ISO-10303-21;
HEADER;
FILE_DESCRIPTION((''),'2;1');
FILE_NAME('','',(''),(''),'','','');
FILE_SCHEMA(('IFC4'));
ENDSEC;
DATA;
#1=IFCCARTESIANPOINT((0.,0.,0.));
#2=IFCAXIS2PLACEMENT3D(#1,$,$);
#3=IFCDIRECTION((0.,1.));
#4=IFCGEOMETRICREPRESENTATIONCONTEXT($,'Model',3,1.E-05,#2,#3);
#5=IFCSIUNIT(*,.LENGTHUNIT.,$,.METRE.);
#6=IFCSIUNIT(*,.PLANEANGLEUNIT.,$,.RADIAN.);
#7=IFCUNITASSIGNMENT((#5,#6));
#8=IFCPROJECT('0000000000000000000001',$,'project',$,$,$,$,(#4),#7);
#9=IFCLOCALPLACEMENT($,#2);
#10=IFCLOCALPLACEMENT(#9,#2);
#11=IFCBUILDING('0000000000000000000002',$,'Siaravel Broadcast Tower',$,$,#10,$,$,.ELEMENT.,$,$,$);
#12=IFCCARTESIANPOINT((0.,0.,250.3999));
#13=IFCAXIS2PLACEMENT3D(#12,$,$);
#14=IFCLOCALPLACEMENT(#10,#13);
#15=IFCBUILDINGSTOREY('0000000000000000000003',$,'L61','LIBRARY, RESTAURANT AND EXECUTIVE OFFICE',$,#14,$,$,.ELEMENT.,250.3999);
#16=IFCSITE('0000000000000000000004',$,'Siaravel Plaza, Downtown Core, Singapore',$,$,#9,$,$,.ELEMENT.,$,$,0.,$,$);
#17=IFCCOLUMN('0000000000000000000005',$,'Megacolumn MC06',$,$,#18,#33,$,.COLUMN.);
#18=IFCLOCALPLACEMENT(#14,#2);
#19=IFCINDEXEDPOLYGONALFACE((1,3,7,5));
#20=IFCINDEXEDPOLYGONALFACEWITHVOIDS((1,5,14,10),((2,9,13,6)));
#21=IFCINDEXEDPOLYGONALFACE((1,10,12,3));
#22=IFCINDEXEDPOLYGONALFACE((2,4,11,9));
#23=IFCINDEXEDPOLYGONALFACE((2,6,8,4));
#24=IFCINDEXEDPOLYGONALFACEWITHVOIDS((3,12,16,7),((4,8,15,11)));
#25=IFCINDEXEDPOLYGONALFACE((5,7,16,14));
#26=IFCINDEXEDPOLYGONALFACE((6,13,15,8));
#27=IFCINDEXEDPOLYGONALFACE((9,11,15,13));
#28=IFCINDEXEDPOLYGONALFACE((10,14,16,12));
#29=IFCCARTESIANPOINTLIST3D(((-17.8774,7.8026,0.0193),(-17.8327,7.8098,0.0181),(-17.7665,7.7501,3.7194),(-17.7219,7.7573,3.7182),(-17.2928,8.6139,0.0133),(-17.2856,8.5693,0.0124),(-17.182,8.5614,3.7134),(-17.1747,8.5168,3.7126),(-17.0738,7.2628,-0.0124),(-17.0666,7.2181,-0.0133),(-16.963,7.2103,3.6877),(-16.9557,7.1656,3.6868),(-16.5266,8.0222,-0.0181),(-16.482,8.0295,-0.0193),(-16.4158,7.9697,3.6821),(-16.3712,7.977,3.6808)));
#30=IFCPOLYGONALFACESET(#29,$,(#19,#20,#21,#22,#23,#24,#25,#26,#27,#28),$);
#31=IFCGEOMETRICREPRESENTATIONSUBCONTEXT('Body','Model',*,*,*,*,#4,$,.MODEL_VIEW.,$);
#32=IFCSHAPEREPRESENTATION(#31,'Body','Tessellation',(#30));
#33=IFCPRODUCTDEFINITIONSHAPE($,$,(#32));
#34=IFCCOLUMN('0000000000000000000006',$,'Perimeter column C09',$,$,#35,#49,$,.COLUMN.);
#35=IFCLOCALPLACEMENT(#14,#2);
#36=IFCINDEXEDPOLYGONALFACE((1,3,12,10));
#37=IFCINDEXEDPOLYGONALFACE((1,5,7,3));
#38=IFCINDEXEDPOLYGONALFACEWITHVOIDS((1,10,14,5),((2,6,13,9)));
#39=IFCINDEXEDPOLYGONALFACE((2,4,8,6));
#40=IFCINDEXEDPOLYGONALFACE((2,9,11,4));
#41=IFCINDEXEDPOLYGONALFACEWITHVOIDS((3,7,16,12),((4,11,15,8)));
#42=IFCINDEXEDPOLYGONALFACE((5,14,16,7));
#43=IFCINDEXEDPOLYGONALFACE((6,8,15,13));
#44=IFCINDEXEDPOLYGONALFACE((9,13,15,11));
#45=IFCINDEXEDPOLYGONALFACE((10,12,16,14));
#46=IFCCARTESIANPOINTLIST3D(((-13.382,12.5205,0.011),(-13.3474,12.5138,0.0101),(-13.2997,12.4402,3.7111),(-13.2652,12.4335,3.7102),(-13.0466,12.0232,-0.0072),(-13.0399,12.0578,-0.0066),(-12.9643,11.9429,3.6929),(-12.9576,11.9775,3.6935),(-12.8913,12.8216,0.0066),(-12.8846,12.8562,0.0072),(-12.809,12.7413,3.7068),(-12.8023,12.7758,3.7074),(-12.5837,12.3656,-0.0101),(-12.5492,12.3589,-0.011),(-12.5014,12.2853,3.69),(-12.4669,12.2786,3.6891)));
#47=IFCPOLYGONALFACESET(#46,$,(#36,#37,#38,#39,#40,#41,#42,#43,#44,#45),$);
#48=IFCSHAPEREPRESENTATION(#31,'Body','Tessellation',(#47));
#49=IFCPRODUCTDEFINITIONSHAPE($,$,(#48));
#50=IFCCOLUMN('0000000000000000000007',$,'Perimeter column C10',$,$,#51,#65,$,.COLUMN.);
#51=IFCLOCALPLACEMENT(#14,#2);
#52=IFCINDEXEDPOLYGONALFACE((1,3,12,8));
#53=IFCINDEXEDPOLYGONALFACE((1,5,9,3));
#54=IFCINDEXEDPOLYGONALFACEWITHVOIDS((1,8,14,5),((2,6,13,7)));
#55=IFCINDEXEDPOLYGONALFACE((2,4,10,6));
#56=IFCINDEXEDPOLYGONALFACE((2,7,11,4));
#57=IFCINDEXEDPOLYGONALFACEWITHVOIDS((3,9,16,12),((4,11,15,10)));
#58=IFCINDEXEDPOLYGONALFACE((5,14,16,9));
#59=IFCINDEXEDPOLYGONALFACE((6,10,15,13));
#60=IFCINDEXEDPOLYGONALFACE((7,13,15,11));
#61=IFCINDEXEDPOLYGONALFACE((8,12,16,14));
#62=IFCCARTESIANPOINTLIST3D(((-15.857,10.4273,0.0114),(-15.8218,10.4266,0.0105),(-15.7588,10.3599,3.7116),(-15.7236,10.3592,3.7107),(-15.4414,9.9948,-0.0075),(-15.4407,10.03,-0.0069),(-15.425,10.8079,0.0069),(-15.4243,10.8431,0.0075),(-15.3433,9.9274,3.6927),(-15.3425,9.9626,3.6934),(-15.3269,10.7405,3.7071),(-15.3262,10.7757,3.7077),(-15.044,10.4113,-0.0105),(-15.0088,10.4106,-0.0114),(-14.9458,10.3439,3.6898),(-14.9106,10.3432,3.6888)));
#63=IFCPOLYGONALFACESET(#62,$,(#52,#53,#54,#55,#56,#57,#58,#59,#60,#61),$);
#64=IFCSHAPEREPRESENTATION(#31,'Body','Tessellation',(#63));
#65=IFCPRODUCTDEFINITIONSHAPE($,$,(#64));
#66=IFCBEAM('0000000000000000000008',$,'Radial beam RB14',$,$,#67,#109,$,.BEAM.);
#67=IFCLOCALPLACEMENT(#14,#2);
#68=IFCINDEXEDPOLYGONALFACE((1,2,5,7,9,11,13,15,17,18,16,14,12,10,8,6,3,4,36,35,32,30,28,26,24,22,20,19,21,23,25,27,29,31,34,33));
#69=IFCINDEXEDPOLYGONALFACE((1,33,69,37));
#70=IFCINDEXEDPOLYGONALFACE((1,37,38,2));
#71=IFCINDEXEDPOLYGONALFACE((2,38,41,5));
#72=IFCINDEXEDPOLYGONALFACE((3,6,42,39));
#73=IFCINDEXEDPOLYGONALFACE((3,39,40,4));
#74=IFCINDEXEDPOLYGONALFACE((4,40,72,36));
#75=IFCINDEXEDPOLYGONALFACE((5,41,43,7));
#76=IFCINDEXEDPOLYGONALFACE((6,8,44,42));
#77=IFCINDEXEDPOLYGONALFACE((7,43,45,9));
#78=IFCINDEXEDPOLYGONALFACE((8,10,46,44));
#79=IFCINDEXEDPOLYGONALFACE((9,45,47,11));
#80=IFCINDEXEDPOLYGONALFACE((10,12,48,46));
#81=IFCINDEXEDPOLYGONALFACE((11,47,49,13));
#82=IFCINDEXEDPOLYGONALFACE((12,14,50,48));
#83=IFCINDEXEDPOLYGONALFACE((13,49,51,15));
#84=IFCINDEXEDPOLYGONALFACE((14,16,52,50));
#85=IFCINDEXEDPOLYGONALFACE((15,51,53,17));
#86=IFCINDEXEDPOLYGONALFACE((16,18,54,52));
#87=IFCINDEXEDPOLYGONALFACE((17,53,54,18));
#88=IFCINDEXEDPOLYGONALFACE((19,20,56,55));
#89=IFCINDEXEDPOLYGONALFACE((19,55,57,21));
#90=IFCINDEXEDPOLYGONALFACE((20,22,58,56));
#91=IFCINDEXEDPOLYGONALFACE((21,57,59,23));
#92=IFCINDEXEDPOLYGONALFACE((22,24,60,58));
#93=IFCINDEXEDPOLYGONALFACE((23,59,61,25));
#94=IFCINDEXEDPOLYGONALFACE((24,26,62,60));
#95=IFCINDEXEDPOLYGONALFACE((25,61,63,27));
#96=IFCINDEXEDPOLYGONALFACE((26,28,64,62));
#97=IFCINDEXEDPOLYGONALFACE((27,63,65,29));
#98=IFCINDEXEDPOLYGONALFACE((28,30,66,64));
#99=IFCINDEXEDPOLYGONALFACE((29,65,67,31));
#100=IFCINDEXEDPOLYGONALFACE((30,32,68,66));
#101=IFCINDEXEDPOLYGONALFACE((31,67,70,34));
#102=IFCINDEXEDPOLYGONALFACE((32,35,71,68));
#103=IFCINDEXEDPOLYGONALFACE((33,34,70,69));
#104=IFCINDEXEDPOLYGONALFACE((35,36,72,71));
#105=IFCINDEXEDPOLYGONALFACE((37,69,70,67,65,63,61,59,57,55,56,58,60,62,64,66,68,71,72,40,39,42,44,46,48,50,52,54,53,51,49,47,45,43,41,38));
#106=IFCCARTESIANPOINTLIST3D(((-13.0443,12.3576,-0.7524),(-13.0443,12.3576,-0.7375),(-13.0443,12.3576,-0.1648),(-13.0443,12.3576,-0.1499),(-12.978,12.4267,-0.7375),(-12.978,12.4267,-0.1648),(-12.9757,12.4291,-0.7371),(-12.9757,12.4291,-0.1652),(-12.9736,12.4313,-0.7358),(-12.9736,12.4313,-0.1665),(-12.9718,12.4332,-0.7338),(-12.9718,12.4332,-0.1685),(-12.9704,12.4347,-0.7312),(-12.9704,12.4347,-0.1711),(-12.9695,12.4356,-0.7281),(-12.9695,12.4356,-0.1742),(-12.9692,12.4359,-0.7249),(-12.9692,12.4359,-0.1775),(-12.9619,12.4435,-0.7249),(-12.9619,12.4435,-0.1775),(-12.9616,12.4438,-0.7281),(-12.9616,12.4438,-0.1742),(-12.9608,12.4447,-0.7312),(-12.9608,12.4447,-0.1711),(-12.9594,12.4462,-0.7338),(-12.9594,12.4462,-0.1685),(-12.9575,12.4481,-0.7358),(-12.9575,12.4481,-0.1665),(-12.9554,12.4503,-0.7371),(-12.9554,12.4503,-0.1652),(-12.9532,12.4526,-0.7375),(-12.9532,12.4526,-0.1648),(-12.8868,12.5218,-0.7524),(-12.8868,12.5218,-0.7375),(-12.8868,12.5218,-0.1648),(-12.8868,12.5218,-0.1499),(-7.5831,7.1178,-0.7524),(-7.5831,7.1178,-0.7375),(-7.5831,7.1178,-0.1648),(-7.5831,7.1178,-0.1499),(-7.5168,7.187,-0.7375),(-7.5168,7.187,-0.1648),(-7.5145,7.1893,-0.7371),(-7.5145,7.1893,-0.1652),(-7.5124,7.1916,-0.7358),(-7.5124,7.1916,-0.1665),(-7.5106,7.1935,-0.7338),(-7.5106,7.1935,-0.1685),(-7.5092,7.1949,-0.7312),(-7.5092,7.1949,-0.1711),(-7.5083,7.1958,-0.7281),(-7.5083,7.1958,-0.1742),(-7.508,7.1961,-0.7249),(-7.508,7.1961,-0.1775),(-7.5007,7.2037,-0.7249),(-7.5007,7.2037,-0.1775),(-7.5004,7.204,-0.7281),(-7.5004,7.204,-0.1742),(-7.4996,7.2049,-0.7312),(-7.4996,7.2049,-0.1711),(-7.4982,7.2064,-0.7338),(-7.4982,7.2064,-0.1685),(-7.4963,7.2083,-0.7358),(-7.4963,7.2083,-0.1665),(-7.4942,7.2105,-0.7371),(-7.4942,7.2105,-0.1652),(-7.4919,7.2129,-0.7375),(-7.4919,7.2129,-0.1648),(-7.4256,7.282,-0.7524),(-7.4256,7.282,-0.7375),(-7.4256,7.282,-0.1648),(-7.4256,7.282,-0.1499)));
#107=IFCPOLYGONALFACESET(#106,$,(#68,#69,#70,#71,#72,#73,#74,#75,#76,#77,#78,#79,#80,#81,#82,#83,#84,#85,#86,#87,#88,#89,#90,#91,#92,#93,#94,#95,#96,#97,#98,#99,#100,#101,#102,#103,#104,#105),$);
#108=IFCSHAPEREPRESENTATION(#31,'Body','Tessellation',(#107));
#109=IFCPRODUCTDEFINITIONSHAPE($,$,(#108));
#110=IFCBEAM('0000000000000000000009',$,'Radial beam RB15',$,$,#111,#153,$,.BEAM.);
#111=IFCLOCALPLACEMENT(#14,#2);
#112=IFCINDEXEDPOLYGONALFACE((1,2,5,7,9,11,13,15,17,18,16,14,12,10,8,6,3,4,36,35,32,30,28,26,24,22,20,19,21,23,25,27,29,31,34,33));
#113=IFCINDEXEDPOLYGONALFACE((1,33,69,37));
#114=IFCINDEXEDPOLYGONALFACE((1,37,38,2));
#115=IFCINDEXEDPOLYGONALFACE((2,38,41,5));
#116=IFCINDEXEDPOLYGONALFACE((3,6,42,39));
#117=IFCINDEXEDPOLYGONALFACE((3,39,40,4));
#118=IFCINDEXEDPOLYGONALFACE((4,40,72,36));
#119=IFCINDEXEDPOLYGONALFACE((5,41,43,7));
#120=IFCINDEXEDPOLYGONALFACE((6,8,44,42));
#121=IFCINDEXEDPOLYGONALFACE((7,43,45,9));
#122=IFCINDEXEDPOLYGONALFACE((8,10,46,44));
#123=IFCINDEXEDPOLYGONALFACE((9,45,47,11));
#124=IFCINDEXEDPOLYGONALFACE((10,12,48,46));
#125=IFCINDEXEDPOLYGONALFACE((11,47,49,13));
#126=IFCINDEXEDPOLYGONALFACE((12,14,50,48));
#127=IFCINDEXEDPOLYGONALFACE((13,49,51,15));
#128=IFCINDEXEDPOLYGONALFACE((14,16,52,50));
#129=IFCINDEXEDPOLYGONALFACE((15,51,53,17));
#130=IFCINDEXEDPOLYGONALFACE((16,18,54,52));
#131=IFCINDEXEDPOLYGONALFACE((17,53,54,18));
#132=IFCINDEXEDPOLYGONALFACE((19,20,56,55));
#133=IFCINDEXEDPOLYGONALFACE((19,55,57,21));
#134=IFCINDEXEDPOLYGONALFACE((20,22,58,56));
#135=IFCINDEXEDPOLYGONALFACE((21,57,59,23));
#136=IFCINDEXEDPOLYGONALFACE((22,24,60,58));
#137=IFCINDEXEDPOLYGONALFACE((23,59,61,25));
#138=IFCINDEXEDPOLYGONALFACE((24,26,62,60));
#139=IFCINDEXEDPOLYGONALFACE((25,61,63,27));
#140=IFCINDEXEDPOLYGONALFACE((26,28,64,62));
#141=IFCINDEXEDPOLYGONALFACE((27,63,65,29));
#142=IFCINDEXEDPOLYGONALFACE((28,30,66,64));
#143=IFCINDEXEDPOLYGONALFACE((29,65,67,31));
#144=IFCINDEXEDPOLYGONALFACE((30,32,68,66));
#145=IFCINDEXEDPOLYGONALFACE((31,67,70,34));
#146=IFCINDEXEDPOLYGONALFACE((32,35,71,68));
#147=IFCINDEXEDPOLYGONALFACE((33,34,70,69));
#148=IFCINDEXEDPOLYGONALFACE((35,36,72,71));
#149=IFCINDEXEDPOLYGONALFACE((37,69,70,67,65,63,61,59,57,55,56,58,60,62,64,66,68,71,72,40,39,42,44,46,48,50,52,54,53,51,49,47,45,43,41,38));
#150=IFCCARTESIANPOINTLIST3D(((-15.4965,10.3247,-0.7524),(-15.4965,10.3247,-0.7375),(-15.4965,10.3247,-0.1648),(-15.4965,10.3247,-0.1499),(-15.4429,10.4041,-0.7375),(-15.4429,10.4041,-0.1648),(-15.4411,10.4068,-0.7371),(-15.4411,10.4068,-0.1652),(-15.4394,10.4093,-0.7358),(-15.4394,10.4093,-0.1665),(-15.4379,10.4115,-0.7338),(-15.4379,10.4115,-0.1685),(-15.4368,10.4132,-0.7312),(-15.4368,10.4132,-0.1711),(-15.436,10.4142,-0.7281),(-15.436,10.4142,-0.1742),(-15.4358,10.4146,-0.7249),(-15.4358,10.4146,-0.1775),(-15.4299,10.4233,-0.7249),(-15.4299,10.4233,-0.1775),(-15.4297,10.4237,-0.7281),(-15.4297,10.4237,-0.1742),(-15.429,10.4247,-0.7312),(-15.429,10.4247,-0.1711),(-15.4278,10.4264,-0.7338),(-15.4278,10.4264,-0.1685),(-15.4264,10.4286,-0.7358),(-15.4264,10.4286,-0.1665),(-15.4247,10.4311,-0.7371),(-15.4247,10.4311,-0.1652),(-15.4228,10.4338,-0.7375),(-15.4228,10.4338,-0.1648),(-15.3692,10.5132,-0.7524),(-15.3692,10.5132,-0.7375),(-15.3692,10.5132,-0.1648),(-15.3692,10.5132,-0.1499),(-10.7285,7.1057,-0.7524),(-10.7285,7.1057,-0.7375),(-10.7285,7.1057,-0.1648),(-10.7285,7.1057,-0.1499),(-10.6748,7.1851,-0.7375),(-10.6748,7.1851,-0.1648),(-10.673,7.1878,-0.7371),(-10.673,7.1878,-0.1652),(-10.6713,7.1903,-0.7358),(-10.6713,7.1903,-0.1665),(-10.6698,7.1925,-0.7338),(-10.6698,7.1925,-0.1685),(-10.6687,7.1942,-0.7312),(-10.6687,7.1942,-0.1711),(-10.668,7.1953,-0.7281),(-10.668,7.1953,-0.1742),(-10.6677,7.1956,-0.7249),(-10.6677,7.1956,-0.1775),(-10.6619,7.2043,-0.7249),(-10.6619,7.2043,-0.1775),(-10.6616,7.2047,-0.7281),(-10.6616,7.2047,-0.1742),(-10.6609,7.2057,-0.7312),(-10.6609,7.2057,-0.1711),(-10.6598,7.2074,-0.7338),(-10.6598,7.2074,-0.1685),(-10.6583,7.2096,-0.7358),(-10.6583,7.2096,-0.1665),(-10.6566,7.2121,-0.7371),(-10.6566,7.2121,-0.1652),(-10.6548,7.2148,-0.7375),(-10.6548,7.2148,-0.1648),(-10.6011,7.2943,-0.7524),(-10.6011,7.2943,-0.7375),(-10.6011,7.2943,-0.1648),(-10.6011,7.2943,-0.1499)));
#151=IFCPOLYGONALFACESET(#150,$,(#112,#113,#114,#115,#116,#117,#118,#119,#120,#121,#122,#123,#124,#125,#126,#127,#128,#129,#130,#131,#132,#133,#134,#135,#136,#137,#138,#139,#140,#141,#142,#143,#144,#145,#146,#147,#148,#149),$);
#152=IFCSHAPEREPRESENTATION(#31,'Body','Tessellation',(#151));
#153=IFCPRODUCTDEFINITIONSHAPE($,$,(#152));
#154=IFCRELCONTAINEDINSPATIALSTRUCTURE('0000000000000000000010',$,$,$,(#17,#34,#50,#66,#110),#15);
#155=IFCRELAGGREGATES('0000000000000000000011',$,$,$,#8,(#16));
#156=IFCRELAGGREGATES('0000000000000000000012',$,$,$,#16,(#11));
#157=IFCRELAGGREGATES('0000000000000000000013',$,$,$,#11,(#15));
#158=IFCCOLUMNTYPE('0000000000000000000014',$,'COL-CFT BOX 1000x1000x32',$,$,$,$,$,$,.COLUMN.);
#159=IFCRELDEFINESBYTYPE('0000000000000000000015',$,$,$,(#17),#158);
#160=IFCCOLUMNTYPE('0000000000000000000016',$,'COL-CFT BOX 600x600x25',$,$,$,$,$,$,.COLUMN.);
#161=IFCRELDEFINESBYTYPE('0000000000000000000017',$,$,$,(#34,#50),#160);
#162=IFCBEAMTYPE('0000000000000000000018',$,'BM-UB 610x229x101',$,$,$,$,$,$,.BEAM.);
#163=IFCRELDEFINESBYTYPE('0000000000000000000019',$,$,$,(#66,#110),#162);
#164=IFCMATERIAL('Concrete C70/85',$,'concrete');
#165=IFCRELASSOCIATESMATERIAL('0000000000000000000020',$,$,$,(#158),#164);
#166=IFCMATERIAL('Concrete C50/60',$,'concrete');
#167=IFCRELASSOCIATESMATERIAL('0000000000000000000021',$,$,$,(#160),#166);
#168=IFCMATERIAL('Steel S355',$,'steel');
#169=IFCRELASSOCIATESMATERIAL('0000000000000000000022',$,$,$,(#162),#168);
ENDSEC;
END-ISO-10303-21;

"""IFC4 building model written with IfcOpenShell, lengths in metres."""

from ifc_helpers import new_model, si_unit, direction, frame, origin, origin_2d, place, context, subcontext, project, spatial, hollow_rectangle, i_section, extrude, material, material_profile, profile_set, type_object, element, save


model = new_model("IFC4")

# Units and contexts
model_context = context("Model", 3, precision=1e-05, world=origin(), true_north=direction((0.0, 1.0)))
body_context = subcontext(model_context, "Body", "Model", "MODEL_VIEW")
ifc_project = project(units=[si_unit("LENGTHUNIT", "METRE"), si_unit("PLANEANGLEUNIT", "RADIAN")], contexts=[model_context])

# Site, building, storey
site_placement = place(None, origin())
site = spatial("IfcSite", under=ifc_project, at=site_placement, Name="Siaravel Plaza, Downtown Core, Singapore", CompositionType="ELEMENT", RefElevation=0.0)
building_placement = place(site_placement, origin())
building = spatial("IfcBuilding", under=site, at=building_placement, Name="Siaravel Broadcast Tower", CompositionType="ELEMENT")
storey_placement = place(building_placement, frame((0.0, 0.0, 250.3999)))
storey = spatial("IfcBuildingStorey", under=building, at=storey_placement, Name="L61", Description="LIBRARY, RESTAURANT AND EXECUTIVE OFFICE", CompositionType="ELEMENT", Elevation=250.3999)

# Columns
ifc_material_1 = material(Name="Concrete C70/85", Category="concrete")
ifc_material_profile_1 = material_profile(ifc_material_1, hollow_rectangle(XDim=1.0, YDim=1.0, WallThickness=0.032, at=origin_2d()))
ifc_profile_set_1 = profile_set([ifc_material_profile_1], Name="Concrete C70/85")
column_type_1 = type_object("IfcColumnType", Name="COL-CFT BOX 1000x1000x32", PredefinedType="COLUMN", material=ifc_profile_set_1)
column_1_placement = place(storey_placement, frame((-17.1797, 7.916, 0.0), z_axis=(0.029939, -0.014178, 0.999451), x_axis=(0.584581, 0.811313, -0.006002)))
element("IfcColumn", 1, at=column_1_placement, inside=storey, type_object=column_type_1, Name="Megacolumn MC06", PredefinedType="COLUMN", context=body_context, shape_type="SweptSolid", body=[
    extrude(hollow_rectangle(XDim=1.0, YDim=1.0, WallThickness=0.032, at=origin_2d()), origin(), (0.0, 0.0, 1.0), 3.7021),
])
ifc_material_2 = material(Name="Concrete C50/60", Category="concrete")
ifc_material_profile_2 = material_profile(ifc_material_2, hollow_rectangle(XDim=0.6001, YDim=0.6001, WallThickness=0.0249, at=origin_2d()))
ifc_profile_set_2 = profile_set([ifc_material_profile_2], Name="Concrete C50/60")
column_type_2 = type_object("IfcColumnType", Name="COL-CFT BOX 600x600x25", PredefinedType="COLUMN", material=ifc_profile_set_2)
column_2_placement = place(storey_placement, frame((-12.9656, 12.4397, 0.0), z_axis=(0.022225, -0.021697, 0.999518), x_axis=(0.828927, 0.559322, -0.00629)))
element("IfcColumn", 2, at=column_2_placement, inside=storey, type_object=column_type_2, Name="Perimeter column C09", PredefinedType="COLUMN", context=body_context, shape_type="SweptSolid", body=[
    extrude(hollow_rectangle(XDim=0.6001, YDim=0.6001, WallThickness=0.0249, at=origin_2d()), origin(), (0.0, 0.0, 1.0), 3.7019),
])
column_3_placement = place(storey_placement, frame((-15.4329, 10.4189, 0.0), z_axis=(0.02651, -0.018201, 0.999483), x_axis=(0.720939, 0.692968, -0.006503)))
element("IfcColumn", 3, at=column_3_placement, inside=storey, type_object=column_type_2, Name="Perimeter column C10", PredefinedType="COLUMN", context=body_context, shape_type="SweptSolid", body=[
    extrude(hollow_rectangle(XDim=0.6001, YDim=0.6001, WallThickness=0.0249, at=origin_2d()), origin(), (0.0, 0.0, 1.0), 3.7021),
])

# Beams
ifc_material_3 = material(Name="Steel S355", Category="steel")
ifc_material_profile_3 = material_profile(ifc_material_3, i_section(OverallWidth=0.2275, OverallDepth=0.6025, WebThickness=0.0105, FlangeThickness=0.0149, FilletRadius=0.0127, at=origin_2d()))
ifc_profile_set_3 = profile_set([ifc_material_profile_3], Name="Steel S355")
beam_type = type_object("IfcBeamType", Name="BM-UB 610x229x101", PredefinedType="BEAM", material=ifc_profile_set_3)
beam_1_placement = place(storey_placement, frame((-12.9656, 12.4397, -0.4512), z_axis=(0.721585, -0.692326, 0.0), x_axis=(0.692326, 0.721585, 0.0)))
element("IfcBeam", 4, at=beam_1_placement, inside=storey, type_object=beam_type, Name="Radial beam RB14", PredefinedType="BEAM", context=body_context, shape_type="SweptSolid", body=[
    extrude(i_section(OverallWidth=0.2275, OverallDepth=0.6025, WebThickness=0.0105, FlangeThickness=0.0149, FilletRadius=0.0127, at=origin_2d()), origin(), (0.0, 0.0, 1.0), 7.5684),
])
beam_2_placement = place(storey_placement, frame((-15.4329, 10.4189, -0.4512), z_axis=(0.828804, -0.559538, 0.0), x_axis=(0.559538, 0.828804, 0.0)))
element("IfcBeam", 5, at=beam_2_placement, inside=storey, type_object=beam_type, Name="Radial beam RB15", PredefinedType="BEAM", context=body_context, shape_type="SweptSolid", body=[
    extrude(i_section(OverallWidth=0.2275, OverallDepth=0.6025, WebThickness=0.0105, FlangeThickness=0.0149, FilletRadius=0.0127, at=origin_2d()), origin(), (0.0, 0.0, 1.0), 5.7529),
])

save(model, "model.ifc")
